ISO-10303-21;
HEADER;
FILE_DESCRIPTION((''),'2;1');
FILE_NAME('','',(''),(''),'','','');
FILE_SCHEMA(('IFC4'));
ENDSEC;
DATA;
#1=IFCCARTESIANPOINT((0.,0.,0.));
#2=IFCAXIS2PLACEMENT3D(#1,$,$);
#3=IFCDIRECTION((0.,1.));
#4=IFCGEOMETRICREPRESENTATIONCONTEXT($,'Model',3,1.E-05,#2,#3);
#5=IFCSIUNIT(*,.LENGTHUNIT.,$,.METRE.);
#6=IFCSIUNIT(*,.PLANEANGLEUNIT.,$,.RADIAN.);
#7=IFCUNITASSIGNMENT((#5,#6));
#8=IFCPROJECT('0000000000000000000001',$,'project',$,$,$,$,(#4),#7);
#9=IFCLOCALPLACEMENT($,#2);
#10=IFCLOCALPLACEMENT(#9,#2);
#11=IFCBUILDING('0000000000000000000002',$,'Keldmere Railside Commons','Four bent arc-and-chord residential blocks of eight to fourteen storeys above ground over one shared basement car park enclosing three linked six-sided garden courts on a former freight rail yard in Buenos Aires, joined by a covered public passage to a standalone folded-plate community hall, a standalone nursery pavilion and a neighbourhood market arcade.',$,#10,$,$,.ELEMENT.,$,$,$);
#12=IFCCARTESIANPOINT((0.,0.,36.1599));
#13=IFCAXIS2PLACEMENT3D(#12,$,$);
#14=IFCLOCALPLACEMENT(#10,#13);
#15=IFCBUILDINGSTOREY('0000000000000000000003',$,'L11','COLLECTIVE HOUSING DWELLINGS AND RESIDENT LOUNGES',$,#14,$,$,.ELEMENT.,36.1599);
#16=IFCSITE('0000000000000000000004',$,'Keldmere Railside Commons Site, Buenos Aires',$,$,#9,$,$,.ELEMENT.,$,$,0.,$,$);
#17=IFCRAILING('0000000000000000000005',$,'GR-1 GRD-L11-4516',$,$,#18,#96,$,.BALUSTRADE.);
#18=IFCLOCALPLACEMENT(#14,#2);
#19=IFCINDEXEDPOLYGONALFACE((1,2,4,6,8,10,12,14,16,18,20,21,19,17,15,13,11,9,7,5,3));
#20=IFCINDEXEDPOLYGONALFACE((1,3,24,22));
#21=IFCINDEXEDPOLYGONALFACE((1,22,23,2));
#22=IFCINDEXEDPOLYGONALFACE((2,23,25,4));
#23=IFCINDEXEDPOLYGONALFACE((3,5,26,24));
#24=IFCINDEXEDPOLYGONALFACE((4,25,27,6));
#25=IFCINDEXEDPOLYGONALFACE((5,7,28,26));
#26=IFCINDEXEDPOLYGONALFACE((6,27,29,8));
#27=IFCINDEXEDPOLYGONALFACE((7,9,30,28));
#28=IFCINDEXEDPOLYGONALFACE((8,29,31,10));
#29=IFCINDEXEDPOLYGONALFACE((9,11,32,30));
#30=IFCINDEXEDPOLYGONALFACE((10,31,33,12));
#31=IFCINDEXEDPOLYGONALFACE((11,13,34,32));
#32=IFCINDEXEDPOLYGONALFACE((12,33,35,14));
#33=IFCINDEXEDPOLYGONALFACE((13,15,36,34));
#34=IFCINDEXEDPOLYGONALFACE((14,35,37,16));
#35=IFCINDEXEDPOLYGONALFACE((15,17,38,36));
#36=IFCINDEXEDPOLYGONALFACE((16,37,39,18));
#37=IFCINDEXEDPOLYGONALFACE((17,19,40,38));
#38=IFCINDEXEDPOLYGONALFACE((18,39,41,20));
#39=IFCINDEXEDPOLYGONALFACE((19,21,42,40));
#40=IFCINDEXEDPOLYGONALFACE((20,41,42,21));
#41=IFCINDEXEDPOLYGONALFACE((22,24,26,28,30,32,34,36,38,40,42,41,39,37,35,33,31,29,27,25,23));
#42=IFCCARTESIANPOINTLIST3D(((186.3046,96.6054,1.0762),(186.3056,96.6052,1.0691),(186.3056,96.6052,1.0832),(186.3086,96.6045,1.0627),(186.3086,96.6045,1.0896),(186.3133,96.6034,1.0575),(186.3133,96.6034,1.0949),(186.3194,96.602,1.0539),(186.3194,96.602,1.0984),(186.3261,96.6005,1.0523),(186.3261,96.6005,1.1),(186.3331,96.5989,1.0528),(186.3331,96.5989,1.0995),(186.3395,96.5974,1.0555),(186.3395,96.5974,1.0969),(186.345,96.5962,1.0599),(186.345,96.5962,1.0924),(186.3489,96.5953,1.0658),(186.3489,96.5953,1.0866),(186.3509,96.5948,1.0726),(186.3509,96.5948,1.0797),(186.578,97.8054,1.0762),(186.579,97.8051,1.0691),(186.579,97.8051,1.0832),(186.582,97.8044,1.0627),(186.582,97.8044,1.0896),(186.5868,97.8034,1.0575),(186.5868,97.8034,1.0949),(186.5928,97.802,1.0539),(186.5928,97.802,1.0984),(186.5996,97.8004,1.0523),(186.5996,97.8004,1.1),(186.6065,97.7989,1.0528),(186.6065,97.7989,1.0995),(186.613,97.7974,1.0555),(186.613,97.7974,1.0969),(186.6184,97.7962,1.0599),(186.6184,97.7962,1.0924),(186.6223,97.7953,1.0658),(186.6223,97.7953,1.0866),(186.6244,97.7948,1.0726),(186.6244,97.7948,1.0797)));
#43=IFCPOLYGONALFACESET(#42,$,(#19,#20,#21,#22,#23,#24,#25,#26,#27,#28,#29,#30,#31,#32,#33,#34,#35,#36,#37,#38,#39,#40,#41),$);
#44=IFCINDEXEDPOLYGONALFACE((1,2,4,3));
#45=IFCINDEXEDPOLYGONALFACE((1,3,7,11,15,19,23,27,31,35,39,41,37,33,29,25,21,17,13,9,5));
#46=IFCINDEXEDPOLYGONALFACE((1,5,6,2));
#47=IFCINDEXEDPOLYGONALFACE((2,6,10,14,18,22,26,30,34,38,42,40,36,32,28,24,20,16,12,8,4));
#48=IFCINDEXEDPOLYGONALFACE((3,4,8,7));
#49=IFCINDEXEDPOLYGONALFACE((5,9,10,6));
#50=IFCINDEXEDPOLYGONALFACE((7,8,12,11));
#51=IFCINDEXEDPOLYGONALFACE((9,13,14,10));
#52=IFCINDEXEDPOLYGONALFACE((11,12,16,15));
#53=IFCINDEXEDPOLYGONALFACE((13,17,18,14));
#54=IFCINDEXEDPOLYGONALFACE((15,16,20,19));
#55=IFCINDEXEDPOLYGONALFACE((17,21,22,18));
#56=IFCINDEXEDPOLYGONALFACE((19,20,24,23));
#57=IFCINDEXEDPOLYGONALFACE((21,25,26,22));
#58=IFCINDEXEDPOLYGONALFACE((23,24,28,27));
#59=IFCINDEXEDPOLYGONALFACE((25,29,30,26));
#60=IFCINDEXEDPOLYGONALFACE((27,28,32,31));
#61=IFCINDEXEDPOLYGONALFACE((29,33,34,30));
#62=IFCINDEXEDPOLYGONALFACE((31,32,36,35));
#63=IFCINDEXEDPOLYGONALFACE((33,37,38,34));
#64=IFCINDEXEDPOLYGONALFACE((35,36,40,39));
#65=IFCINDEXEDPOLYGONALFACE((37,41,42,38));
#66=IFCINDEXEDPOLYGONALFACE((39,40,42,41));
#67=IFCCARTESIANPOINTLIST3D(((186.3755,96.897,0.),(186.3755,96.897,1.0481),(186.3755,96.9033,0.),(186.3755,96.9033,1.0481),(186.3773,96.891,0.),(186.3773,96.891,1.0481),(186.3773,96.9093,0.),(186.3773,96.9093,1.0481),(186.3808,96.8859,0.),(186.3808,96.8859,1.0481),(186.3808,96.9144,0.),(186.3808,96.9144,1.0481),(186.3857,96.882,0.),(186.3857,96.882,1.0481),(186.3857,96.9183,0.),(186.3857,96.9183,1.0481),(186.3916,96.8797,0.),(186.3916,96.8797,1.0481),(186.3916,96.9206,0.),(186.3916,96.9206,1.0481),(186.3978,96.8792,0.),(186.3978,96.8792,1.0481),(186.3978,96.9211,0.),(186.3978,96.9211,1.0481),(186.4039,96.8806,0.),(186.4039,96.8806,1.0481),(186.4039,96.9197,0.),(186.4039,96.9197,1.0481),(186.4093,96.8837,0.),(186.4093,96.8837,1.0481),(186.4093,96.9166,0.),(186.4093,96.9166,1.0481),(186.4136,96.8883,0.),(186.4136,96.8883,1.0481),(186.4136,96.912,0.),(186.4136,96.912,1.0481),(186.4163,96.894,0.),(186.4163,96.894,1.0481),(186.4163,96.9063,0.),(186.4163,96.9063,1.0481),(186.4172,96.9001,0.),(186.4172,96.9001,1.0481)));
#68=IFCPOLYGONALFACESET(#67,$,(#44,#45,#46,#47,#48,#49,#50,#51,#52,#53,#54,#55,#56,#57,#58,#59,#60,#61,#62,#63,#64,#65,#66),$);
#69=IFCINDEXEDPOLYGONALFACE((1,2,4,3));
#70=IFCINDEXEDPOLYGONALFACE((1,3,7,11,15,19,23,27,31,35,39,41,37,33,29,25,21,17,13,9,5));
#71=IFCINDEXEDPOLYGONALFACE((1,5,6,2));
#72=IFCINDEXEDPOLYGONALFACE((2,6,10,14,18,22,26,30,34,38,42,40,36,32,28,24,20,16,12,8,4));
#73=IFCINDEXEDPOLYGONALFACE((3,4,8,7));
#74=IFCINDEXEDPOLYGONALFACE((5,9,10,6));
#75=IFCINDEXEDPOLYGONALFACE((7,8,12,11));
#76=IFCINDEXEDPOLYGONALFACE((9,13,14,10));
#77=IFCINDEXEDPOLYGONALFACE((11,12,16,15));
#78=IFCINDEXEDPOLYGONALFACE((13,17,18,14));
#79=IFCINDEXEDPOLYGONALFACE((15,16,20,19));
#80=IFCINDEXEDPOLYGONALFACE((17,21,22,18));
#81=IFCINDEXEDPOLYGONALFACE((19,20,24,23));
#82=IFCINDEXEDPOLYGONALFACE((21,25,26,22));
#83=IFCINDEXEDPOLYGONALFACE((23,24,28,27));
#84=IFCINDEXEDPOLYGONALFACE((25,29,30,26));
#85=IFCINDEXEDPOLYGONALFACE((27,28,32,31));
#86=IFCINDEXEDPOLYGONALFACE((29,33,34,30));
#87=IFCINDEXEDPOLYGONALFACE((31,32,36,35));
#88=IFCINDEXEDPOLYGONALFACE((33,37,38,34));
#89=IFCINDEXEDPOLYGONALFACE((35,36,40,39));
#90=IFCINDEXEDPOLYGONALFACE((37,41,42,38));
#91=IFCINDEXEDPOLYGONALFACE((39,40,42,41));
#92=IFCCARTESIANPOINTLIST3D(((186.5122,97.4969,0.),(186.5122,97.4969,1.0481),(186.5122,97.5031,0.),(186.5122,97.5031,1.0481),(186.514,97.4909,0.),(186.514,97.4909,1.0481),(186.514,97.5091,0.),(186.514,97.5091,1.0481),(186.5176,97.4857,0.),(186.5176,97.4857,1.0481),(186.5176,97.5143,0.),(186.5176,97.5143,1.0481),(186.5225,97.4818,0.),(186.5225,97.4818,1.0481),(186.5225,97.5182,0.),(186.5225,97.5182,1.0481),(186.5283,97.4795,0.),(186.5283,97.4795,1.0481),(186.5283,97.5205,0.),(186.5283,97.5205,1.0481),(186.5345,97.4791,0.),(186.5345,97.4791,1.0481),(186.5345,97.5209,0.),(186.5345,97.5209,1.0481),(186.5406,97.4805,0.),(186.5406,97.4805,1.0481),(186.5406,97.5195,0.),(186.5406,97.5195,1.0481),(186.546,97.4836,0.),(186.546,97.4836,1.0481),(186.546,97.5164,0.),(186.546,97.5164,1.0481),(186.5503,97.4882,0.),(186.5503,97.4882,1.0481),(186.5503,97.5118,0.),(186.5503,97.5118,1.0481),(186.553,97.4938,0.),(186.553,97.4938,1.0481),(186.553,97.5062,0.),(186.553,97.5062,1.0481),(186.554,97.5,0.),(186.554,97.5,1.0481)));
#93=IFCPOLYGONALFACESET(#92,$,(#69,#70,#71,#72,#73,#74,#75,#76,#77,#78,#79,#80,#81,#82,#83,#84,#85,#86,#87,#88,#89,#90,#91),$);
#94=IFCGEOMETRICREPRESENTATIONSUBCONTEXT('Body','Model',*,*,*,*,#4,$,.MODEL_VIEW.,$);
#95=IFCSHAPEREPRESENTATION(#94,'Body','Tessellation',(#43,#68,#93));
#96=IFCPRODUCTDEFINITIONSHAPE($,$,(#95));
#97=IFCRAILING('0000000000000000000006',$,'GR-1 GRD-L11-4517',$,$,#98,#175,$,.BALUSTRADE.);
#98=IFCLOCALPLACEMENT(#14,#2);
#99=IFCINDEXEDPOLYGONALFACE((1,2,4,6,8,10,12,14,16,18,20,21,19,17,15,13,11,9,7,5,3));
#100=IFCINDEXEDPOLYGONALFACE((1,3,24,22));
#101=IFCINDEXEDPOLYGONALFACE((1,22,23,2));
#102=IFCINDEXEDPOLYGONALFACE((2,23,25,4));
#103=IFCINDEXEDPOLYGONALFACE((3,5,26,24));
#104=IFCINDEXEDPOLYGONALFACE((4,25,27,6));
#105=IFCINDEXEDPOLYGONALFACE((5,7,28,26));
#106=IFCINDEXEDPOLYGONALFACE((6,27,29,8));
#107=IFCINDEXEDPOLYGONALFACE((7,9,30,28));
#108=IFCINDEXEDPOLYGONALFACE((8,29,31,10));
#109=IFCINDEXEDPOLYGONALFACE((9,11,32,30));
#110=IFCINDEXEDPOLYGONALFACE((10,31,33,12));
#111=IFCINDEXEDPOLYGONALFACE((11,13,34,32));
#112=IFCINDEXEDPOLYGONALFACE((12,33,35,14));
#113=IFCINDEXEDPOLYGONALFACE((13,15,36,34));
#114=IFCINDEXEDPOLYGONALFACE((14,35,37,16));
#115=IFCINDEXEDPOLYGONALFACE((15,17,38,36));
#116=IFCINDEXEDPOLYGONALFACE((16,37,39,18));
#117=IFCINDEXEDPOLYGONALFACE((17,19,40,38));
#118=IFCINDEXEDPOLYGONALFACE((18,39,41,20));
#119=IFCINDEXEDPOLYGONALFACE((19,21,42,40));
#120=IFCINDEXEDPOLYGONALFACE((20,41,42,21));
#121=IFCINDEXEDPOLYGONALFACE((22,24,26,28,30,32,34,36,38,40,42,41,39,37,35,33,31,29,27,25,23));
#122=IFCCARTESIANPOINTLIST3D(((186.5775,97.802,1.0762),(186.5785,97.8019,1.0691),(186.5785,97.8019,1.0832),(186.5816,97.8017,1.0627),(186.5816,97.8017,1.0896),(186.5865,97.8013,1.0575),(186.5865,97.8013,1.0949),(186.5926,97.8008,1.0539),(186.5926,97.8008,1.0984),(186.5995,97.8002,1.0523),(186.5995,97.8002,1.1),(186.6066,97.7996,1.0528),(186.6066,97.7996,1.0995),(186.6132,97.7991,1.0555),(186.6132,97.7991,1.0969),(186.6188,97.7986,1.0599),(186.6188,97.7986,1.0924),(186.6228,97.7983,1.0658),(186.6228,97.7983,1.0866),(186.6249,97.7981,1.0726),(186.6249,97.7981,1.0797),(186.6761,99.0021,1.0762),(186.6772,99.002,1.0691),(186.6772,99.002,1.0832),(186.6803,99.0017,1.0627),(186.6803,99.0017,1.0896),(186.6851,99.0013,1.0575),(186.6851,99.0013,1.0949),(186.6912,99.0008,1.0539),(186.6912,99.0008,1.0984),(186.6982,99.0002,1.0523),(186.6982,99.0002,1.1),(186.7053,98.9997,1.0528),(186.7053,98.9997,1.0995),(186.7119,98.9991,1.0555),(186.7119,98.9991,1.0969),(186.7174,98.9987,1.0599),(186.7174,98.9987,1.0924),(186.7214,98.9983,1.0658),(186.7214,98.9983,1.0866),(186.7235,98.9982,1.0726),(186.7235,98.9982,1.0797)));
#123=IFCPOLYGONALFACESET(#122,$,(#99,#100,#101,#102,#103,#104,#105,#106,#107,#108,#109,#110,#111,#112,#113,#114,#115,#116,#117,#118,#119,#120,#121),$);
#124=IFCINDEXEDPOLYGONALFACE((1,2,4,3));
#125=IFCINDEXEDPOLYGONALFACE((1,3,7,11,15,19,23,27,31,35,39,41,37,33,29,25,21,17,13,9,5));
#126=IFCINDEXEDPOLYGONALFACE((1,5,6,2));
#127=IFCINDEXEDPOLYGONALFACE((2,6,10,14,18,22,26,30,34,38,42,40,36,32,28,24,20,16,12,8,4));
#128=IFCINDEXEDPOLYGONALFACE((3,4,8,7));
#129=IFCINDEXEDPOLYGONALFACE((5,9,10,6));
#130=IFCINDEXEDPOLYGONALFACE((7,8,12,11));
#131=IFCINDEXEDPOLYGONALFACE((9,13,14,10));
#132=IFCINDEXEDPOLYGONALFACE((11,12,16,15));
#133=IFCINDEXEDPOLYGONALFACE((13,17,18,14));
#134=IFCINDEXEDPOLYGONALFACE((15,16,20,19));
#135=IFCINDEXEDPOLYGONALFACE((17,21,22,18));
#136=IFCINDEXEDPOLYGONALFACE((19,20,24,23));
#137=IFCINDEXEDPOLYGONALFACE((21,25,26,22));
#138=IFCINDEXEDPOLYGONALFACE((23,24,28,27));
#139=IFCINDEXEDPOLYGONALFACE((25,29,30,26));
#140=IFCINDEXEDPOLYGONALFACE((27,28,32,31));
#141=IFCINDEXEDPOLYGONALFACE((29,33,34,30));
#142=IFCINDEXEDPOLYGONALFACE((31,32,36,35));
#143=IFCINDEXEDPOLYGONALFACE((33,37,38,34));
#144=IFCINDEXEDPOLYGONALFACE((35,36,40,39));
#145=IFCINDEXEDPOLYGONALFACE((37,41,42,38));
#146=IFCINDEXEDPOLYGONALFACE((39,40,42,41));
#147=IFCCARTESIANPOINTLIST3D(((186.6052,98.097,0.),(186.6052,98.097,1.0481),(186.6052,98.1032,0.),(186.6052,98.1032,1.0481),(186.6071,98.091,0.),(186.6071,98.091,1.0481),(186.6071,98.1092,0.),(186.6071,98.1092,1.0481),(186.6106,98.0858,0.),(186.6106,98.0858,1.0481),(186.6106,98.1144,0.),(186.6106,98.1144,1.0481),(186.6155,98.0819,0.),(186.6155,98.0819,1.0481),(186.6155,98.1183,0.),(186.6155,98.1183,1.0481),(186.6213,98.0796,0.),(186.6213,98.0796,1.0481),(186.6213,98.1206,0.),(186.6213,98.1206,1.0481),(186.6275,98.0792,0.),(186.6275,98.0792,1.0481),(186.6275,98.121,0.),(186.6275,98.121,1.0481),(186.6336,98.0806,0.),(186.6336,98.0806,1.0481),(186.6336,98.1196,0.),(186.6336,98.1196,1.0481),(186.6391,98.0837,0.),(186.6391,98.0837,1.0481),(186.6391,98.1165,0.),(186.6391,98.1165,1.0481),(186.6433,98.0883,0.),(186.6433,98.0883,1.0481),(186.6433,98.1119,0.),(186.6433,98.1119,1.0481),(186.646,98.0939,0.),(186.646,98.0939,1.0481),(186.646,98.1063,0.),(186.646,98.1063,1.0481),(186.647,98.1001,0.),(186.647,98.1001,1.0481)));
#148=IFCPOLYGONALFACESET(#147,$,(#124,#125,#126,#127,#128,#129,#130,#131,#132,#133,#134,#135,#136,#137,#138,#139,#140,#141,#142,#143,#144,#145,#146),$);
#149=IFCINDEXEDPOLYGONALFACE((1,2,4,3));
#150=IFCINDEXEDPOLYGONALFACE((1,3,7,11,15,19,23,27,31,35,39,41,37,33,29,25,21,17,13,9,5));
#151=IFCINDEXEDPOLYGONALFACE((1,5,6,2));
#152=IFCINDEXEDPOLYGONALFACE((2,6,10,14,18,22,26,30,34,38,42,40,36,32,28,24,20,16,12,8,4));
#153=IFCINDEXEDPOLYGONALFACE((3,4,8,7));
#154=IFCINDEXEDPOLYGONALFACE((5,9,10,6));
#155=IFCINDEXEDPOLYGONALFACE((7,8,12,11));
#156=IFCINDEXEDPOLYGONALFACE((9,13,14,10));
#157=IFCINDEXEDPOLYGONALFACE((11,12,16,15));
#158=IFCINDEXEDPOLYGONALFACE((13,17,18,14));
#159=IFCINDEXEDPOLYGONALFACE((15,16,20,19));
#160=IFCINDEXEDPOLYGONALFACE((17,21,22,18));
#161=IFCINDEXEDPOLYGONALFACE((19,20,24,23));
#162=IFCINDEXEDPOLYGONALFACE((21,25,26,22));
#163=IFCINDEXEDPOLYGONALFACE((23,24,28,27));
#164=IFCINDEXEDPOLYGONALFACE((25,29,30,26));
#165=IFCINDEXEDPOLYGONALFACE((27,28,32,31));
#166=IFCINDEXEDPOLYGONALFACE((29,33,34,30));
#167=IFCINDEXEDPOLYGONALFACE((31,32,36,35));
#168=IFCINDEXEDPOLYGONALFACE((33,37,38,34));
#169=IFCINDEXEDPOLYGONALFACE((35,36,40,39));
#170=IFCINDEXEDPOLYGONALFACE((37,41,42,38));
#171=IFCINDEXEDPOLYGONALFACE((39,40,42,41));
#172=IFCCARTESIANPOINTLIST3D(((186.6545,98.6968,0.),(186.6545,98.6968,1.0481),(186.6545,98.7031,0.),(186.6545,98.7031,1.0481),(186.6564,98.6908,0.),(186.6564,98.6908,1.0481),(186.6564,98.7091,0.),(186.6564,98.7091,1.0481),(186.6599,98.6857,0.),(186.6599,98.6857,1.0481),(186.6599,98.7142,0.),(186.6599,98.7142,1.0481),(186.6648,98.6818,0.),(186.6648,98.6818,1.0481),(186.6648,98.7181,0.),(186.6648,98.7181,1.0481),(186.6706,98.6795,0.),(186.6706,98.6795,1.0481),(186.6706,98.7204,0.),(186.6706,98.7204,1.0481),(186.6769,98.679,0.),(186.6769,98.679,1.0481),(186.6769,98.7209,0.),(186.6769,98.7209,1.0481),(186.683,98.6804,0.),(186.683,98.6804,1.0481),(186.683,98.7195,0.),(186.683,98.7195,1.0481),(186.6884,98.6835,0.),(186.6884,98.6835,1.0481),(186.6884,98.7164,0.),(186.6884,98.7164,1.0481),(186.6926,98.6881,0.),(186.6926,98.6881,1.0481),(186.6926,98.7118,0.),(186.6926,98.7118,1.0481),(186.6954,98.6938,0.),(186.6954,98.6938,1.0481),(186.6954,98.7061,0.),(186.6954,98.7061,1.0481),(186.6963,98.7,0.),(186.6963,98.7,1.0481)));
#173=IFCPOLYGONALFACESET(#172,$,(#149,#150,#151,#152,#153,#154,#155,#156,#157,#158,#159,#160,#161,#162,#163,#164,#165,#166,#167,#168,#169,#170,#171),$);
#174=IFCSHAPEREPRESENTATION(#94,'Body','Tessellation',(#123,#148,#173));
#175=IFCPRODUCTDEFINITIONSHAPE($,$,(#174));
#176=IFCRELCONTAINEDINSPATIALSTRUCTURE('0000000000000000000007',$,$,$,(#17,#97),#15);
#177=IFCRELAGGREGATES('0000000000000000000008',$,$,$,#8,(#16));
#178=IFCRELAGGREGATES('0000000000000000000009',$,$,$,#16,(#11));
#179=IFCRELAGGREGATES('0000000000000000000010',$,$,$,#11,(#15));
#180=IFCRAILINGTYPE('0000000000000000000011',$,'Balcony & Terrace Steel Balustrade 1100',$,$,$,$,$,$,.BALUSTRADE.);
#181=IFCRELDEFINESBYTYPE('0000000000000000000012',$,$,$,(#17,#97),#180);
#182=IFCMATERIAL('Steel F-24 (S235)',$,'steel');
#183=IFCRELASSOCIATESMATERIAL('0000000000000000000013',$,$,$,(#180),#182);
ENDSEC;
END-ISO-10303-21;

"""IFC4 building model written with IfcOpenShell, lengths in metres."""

from ifc_helpers import new_model, si_unit, direction, frame, origin, origin_2d, place, context, subcontext, project, spatial, circle, extrude, material, type_object, element, save


model = new_model("IFC4")

# Units and contexts
model_context = context("Model", 3, precision=1e-05, world=origin(), true_north=direction((0.0, 1.0)))
body_context = subcontext(model_context, "Body", "Model", "MODEL_VIEW")
ifc_project = project(units=[si_unit("LENGTHUNIT", "METRE"), si_unit("PLANEANGLEUNIT", "RADIAN")], contexts=[model_context])

# Site, building, storey
site_placement = place(None, origin())
site = spatial("IfcSite", under=ifc_project, at=site_placement, Name="Keldmere Railside Commons Site, Buenos Aires", CompositionType="ELEMENT", RefElevation=0.0)
building_placement = place(site_placement, origin())
building = spatial("IfcBuilding", under=site, at=building_placement, Name="Keldmere Railside Commons", Description="Four bent arc-and-chord residential blocks of eight to fourteen storeys above ground over one shared basement car park enclosing three linked six-sided garden courts on a former freight rail yard in Buenos Aires, joined by a covered public passage to a standalone folded-plate community hall, a standalone nursery pavilion and a neighbourhood market arcade.", CompositionType="ELEMENT")
storey_placement = place(building_placement, frame((0.0, 0.0, 36.1599)))
storey = spatial("IfcBuildingStorey", under=building, at=storey_placement, Name="L11", Description="COLLECTIVE HOUSING DWELLINGS AND RESIDENT LOUNGES", CompositionType="ELEMENT", Elevation=36.1599)

# Railings
ifc_material_1 = material(Name="Steel F-24 (S235)", Category="steel")
railing_type = type_object("IfcRailingType", Name="Balcony & Terrace Steel Balustrade 1100", PredefinedType="BALUSTRADE", material=ifc_material_1)
railing_1_placement = place(storey_placement, frame((186.3279, 96.6001, 0.0)))
element("IfcRailing", 1, at=railing_1_placement, inside=storey, type_object=railing_type, Name="GR-1 GRD-L11-4516", PredefinedType="BALUSTRADE", context=body_context, shape_type="SweptSolid", body=[
    extrude(circle(Radius=0.0239, at=origin_2d()), frame((0.0, 0.0, 1.0762), z_axis=(0.222178, 0.975006, 0.0), x_axis=(-0.975006, 0.222178, 0.0)), (0.0, 0.0, 1.0), 1.2307),
    extrude(circle(Radius=0.021, at=origin_2d()), frame((0.0684, 0.3, 0.0)), (0.0, 0.0, 1.0), 1.0481),
    extrude(circle(Radius=0.021, at=origin_2d()), frame((0.2051, 0.8999, 0.0)), (0.0, 0.0, 1.0), 1.0481),
])
railing_2_placement = place(storey_placement, frame((186.6013, 97.8, 0.0)))
element("IfcRailing", 2, at=railing_2_placement, inside=storey, type_object=railing_type, Name="GR-1 GRD-L11-4517", PredefinedType="BALUSTRADE", context=body_context, shape_type="SweptSolid", body=[
    extrude(circle(Radius=0.0239, at=origin_2d()), frame((0.0, 0.0, 1.0762), z_axis=(0.081921, 0.996639, 0.0), x_axis=(-0.996639, 0.081921, 0.0)), (0.0, 0.0, 1.0), 1.2041),
    extrude(circle(Radius=0.021, at=origin_2d()), frame((0.0247, 0.3, 0.0)), (0.0, 0.0, 1.0), 1.0481),
    extrude(circle(Radius=0.021, at=origin_2d()), frame((0.074, 0.8999, 0.0)), (0.0, 0.0, 1.0), 1.0481),
])

save(model, "model.ifc")
